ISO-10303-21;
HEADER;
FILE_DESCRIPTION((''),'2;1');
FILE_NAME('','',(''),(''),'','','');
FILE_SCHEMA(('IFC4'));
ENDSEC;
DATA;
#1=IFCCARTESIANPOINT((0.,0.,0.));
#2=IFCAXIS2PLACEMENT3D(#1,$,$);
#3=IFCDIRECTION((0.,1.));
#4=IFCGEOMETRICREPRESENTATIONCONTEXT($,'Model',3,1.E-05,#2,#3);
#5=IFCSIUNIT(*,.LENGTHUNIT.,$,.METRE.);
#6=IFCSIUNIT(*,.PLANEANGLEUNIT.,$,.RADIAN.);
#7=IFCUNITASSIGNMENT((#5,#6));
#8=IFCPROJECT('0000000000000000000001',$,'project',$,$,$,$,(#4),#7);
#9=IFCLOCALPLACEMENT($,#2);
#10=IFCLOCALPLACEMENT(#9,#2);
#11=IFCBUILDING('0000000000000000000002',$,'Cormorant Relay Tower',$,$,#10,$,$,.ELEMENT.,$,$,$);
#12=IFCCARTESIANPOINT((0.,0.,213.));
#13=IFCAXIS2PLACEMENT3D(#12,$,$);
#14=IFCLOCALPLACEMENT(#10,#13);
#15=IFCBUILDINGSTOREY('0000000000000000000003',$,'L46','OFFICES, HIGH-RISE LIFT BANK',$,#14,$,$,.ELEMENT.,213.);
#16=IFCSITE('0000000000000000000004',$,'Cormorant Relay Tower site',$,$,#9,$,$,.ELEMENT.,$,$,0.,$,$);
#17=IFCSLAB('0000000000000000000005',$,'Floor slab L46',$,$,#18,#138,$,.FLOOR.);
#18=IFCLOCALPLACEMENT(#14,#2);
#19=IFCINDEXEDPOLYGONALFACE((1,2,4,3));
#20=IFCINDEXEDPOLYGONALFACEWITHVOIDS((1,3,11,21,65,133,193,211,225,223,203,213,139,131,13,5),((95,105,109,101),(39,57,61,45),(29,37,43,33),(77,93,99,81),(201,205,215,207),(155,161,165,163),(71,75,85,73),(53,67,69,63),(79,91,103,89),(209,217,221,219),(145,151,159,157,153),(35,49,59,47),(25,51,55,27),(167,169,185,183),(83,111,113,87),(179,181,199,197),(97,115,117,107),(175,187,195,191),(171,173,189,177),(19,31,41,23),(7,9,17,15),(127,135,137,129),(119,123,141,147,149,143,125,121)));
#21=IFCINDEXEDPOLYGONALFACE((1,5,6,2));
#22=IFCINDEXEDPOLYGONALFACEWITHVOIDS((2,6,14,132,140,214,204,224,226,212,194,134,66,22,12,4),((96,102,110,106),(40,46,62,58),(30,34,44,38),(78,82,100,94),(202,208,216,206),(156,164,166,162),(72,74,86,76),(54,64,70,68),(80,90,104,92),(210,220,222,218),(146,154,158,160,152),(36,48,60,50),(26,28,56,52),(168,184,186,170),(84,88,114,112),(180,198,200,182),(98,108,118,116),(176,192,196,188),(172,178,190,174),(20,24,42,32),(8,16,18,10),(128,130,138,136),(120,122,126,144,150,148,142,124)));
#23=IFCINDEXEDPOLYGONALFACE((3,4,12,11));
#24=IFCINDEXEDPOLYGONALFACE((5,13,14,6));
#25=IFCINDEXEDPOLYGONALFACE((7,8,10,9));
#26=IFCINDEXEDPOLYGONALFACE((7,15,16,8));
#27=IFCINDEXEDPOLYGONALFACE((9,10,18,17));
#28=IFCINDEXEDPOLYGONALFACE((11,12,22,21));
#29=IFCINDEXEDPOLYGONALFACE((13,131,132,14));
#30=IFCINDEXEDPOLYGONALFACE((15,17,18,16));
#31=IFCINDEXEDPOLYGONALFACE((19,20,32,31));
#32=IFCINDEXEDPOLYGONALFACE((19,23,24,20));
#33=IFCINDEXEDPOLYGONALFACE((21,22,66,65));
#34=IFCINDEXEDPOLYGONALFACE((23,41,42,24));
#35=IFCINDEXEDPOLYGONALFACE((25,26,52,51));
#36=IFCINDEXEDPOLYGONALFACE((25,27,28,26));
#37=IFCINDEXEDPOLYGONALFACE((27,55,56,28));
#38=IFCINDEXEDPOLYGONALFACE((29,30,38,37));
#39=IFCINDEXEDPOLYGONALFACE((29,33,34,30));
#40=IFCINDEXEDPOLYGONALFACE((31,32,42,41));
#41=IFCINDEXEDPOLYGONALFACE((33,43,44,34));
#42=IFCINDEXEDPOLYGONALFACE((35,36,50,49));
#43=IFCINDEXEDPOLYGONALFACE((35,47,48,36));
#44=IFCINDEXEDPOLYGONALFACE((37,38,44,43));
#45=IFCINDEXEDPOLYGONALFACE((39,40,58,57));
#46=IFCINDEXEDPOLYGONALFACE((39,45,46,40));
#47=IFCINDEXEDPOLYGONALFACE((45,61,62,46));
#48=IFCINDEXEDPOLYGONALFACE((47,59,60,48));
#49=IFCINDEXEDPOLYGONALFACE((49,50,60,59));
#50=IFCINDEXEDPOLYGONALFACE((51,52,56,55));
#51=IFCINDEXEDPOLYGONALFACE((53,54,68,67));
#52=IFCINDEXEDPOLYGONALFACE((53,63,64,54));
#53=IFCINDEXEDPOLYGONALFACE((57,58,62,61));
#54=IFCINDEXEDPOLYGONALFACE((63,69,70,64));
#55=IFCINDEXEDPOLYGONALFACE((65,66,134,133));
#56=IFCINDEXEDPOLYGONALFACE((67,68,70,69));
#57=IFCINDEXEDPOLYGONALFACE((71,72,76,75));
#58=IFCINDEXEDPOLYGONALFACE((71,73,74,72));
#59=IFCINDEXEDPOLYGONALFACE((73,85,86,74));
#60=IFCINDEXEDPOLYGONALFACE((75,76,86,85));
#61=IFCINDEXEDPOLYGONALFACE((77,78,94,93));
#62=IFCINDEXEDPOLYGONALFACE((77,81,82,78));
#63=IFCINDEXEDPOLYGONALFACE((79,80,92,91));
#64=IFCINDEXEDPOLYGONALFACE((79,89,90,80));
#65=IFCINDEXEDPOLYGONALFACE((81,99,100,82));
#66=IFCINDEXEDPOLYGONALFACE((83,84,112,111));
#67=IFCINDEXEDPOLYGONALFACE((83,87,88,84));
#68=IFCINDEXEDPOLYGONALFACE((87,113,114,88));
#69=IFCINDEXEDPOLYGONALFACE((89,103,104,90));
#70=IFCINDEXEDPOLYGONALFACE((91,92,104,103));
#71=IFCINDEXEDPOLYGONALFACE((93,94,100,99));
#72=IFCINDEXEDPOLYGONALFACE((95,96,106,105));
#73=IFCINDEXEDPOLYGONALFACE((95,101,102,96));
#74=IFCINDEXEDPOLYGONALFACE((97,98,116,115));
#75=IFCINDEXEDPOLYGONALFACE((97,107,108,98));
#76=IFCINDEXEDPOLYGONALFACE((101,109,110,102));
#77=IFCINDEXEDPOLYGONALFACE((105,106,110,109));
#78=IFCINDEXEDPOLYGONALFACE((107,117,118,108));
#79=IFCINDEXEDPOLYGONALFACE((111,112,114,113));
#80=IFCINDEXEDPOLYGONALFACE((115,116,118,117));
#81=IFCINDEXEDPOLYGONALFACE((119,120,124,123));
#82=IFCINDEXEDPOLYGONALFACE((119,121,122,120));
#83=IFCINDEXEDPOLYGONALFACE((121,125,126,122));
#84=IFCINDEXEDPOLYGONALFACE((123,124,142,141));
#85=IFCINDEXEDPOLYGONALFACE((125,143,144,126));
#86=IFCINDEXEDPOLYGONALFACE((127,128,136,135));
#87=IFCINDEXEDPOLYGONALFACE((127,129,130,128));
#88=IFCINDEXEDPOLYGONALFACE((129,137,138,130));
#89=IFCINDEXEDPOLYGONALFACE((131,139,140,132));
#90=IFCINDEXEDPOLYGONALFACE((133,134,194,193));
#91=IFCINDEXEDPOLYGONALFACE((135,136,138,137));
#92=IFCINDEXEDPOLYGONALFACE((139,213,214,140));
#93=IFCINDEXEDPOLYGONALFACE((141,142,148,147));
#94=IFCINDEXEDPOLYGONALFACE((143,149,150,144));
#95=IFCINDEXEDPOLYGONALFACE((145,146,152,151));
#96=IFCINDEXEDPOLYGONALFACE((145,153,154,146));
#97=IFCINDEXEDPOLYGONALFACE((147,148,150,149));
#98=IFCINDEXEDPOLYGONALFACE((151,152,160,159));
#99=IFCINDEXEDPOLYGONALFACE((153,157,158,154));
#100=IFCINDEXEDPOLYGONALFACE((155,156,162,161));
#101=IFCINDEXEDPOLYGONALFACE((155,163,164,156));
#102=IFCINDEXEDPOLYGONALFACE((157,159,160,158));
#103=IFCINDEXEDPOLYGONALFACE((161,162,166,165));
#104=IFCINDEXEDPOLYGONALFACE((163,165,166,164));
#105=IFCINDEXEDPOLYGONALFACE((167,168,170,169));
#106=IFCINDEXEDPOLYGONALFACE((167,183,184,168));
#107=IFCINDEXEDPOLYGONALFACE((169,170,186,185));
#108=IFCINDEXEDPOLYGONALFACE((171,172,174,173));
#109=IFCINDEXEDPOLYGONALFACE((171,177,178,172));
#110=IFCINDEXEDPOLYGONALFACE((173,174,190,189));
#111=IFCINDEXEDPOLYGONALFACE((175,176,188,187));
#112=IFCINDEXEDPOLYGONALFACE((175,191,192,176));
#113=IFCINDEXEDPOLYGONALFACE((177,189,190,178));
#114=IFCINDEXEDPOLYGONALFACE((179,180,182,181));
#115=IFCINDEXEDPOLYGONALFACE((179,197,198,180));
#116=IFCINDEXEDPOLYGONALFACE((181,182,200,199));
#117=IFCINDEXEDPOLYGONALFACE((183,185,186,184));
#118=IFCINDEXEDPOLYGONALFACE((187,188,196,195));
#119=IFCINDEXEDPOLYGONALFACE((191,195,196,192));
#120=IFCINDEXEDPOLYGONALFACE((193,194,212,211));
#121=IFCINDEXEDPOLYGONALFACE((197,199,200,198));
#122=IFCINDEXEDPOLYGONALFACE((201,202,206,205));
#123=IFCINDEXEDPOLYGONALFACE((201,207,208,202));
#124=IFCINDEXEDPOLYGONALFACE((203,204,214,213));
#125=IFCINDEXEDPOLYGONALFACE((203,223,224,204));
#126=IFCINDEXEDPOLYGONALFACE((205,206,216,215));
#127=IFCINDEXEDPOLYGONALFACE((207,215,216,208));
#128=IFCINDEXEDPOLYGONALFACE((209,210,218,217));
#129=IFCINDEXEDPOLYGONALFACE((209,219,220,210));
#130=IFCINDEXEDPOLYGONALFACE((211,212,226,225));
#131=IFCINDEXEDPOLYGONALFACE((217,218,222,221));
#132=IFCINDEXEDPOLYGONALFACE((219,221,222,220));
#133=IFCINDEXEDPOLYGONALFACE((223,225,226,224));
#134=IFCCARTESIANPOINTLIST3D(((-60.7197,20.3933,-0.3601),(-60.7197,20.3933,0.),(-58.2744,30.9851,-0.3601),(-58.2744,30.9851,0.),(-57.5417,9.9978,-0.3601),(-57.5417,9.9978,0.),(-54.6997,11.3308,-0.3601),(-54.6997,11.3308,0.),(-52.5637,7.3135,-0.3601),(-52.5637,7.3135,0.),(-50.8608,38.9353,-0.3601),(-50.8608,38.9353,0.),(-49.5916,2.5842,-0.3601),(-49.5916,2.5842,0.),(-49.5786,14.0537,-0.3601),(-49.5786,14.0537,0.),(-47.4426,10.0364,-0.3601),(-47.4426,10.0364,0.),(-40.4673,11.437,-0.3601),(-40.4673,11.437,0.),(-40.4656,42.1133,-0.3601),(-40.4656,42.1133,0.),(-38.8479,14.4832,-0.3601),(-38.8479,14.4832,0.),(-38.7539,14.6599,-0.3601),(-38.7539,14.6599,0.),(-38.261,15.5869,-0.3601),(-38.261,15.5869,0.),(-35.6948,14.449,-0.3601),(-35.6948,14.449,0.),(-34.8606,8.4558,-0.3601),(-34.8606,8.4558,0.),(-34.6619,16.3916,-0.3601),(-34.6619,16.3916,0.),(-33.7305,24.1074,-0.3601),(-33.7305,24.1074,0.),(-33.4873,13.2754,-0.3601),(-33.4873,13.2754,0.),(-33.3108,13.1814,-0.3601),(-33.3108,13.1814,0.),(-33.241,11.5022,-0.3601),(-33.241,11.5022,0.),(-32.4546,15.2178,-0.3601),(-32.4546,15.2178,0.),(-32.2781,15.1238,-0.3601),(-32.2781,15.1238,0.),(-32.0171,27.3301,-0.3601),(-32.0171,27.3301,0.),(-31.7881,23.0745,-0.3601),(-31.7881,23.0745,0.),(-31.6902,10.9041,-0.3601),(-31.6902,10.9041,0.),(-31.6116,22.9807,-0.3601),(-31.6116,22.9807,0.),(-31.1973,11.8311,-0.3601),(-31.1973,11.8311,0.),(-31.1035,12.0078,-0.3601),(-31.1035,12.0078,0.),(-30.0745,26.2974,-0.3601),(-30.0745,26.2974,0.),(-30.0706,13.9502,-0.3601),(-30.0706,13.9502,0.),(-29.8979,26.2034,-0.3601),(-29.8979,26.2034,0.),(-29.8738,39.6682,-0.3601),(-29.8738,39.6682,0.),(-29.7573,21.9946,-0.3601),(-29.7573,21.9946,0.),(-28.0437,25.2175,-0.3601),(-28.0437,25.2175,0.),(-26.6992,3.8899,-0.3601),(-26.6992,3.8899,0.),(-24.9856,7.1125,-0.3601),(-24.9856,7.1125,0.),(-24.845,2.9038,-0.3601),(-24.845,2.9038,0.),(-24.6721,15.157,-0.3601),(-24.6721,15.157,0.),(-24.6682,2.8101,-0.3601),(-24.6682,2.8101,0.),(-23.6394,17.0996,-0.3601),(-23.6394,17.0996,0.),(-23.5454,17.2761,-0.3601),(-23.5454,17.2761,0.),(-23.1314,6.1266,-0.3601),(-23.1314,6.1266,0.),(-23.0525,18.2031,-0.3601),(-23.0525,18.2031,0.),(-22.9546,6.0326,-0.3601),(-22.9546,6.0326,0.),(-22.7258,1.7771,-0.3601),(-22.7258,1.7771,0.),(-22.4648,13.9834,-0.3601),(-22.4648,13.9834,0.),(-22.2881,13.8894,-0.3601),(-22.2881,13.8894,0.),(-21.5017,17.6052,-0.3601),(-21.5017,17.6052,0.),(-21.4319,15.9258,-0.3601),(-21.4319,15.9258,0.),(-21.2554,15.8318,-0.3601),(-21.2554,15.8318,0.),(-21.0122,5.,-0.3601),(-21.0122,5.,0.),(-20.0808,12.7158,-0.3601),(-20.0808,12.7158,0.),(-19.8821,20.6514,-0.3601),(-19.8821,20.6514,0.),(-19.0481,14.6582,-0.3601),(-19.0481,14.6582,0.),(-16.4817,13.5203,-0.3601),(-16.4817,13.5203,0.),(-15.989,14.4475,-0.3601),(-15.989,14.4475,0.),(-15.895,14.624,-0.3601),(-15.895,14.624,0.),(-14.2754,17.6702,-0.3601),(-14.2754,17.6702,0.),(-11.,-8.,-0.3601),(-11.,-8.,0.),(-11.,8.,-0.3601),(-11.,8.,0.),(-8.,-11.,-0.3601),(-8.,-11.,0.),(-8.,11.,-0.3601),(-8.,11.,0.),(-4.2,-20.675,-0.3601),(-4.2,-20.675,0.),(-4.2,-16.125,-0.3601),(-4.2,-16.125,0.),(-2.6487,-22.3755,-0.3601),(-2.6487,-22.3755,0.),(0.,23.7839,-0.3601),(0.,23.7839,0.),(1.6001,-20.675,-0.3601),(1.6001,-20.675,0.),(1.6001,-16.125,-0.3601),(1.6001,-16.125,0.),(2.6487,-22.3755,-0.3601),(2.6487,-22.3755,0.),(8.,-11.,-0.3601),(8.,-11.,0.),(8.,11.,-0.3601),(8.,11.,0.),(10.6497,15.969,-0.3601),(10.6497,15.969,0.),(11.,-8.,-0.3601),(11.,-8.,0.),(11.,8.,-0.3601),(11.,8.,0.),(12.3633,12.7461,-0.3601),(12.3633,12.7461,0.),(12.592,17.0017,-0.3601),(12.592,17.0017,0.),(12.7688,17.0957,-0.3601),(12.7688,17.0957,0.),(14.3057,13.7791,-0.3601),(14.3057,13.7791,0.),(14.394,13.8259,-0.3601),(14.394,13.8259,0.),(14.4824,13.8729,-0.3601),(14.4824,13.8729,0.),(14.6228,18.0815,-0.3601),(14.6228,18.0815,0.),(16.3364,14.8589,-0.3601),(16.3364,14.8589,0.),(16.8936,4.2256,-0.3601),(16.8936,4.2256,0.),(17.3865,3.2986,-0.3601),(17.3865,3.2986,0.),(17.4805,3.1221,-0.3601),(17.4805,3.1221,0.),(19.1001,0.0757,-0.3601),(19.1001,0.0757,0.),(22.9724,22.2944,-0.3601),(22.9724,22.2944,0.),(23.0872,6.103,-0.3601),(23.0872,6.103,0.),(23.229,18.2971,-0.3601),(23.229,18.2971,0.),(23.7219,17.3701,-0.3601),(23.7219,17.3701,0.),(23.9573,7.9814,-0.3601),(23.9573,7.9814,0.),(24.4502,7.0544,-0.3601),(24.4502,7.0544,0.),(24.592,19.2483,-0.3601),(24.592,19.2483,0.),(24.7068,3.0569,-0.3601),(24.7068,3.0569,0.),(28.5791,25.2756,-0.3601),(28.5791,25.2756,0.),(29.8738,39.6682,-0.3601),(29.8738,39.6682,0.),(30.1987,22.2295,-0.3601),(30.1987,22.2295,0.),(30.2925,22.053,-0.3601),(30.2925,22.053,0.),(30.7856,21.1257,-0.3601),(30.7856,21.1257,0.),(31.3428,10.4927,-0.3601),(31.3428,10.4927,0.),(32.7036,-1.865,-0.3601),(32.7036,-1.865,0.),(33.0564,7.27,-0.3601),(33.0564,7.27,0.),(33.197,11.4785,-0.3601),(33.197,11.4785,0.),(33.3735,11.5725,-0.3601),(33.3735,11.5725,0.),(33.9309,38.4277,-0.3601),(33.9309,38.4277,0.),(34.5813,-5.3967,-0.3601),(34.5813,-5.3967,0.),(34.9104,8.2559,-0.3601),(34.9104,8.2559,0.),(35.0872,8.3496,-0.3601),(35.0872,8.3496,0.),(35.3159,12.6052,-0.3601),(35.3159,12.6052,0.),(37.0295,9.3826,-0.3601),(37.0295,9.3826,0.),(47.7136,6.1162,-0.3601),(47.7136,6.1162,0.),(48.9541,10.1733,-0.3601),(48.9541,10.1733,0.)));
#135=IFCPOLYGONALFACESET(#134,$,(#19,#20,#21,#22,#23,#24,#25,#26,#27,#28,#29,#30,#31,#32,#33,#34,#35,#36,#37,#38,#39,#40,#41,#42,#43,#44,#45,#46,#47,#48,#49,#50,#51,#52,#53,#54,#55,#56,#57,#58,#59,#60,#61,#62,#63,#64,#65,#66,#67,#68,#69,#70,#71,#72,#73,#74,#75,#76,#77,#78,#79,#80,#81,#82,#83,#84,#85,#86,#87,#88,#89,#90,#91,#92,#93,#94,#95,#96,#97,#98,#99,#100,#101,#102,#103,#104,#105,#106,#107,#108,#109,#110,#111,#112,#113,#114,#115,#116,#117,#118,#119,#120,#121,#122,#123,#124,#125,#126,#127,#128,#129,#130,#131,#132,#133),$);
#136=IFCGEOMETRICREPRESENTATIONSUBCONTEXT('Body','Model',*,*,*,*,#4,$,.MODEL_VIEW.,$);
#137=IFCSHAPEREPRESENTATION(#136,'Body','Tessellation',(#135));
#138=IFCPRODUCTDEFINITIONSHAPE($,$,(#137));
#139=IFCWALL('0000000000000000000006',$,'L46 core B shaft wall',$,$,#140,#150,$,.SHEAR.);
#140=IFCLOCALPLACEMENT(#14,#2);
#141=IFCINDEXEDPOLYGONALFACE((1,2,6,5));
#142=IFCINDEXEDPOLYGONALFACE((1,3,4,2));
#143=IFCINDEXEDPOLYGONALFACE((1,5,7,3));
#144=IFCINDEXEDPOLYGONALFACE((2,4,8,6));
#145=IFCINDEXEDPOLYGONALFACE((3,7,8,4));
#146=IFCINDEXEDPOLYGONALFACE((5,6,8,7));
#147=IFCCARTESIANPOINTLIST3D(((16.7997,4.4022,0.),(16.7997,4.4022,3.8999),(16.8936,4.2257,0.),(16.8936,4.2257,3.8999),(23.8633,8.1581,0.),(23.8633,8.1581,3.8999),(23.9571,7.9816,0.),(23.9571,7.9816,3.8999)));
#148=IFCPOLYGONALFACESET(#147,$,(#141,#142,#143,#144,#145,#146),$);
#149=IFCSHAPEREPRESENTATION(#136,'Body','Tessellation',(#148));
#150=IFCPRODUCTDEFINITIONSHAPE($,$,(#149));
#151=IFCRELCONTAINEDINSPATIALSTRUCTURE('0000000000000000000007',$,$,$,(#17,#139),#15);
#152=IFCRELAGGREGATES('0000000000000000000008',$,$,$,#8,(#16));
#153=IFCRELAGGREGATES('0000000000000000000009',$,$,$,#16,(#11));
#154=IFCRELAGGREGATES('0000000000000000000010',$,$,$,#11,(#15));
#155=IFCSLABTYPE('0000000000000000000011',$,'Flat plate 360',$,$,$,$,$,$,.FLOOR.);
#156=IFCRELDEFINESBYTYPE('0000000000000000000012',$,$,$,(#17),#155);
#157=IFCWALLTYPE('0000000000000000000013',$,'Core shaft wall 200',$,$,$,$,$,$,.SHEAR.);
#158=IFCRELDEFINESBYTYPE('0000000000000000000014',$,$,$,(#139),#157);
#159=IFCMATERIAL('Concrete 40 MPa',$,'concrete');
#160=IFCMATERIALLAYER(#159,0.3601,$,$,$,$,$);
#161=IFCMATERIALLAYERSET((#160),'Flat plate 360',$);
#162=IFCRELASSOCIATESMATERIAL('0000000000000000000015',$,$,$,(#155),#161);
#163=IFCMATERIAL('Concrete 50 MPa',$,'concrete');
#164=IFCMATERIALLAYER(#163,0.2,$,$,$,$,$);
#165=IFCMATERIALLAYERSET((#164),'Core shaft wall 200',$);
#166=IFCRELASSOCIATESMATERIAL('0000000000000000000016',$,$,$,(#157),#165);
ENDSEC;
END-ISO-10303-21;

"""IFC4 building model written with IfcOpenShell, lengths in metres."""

from ifc_helpers import new_model, si_unit, direction, frame, frame_2d, origin, place, context, subcontext, project, spatial, polyline, rectangle, outline, extrude, material, layer, layer_set, type_object, element, save


model = new_model("IFC4")

# Units and contexts
model_context = context("Model", 3, precision=1e-05, world=origin(), true_north=direction((0.0, 1.0)))
body_context = subcontext(model_context, "Body", "Model", "MODEL_VIEW")
ifc_project = project(units=[si_unit("LENGTHUNIT", "METRE"), si_unit("PLANEANGLEUNIT", "RADIAN")], contexts=[model_context])

# Site, building, storey
site_placement = place(None, origin())
site = spatial("IfcSite", under=ifc_project, at=site_placement, Name="Cormorant Relay Tower site", CompositionType="ELEMENT", RefElevation=0.0)
building_placement = place(site_placement, origin())
building = spatial("IfcBuilding", under=site, at=building_placement, Name="Cormorant Relay Tower", CompositionType="ELEMENT")
storey_placement = place(building_placement, frame((0.0, 0.0, 213.0)))
storey = spatial("IfcBuildingStorey", under=building, at=storey_placement, Name="L46", Description="OFFICES, HIGH-RISE LIFT BANK", CompositionType="ELEMENT", Elevation=213.0)

# Slab
ifc_material_1 = material(Name="Concrete 40 MPa", Category="concrete")
ifc_layer_1 = layer(ifc_material_1, 0.3601)
ifc_layer_set_1 = layer_set([ifc_layer_1], Name="Flat plate 360")
slab_type_1 = type_object("IfcSlabType", Name="Flat plate 360", PredefinedType="FLOOR", material=ifc_layer_set_1)
slab_1_placement = place(storey_placement, frame((0.0, 0.0, -0.3601)))
element("IfcSlab", 1, at=slab_1_placement, inside=storey, type_object=slab_type_1, Name="Floor slab L46", PredefinedType="FLOOR", context=body_context, shape_type="SweptSolid", body=[
    extrude(outline(polyline([(-60.7197, 20.3933), (-58.2744, 30.9851), (-50.8608, 38.9353), (-40.4656, 42.1133), (-29.8738, 39.6682), (0.0, 23.7839), (29.8738, 39.6682), (33.9309, 38.4277), (48.9541, 10.1733), (47.7136, 6.1162), (32.7036, -1.865), (34.5813, -5.3967), (2.6487, -22.3755), (-2.6487, -22.3755), (-49.5916, 2.5842), (-57.5417, 9.9978), (-60.7197, 20.3933)]), holes=[polyline([(11.0, -8.0), (11.0, 8.0), (8.0, 11.0), (-8.0, 11.0), (-11.0, 8.0), (-11.0, -8.0), (-8.0, -11.0), (8.0, -11.0), (11.0, -8.0)]), polyline([(-22.9546, 6.0327), (-24.6682, 2.8101), (-22.7258, 1.7771), (-21.0122, 5.0), (-23.043, 6.0796), (-22.9546, 6.0327)]), polyline([(-24.9856, 7.1125), (-26.6992, 3.8899), (-24.845, 2.9038), (-23.1313, 6.1267), (-23.043, 6.0796), (-24.9856, 7.1125)]), polyline([(-54.6997, 11.3308), (-52.5637, 7.3135), (-47.4426, 10.0364), (-49.5786, 14.0537), (-54.6997, 11.3308)]), polyline([(-33.241, 11.5022), (-38.8479, 14.4832), (-40.4673, 11.437), (-34.8606, 8.4558), (-33.241, 11.5022)]), polyline([(-38.261, 15.5869), (-38.7539, 14.6599), (-31.6902, 10.9041), (-31.1973, 11.8311), (-38.261, 15.5869)]), polyline([(-31.1035, 12.0078), (-30.0706, 13.9502), (-32.2781, 15.1238), (-33.3108, 13.1814), (-31.1035, 12.0078)]), polyline([(-22.2881, 13.8894), (-20.0808, 12.7158), (-19.0481, 14.6582), (-21.2554, 15.8318), (-22.2881, 13.8894)]), polyline([(-34.6619, 16.3916), (-35.6948, 14.449), (-33.4873, 13.2754), (-32.4546, 15.2178), (-34.6619, 16.3916)]), polyline([(-22.4648, 13.9834), (-21.4319, 15.9258), (-23.6394, 17.0996), (-24.6721, 15.157), (-22.4648, 13.9834)]), polyline([(-31.6116, 22.9807), (-29.7573, 21.9946), (-28.0437, 25.2175), (-29.8979, 26.2034), (-31.6116, 22.9807)]), polyline([(-32.0171, 27.3301), (-33.7305, 24.1074), (-31.7881, 23.0745), (-30.0745, 26.2974), (-32.0171, 27.3301)]), polyline([(-4.2, -16.125), (-4.2, -20.675), (1.6001, -20.675), (1.6001, -16.125), (-4.2, -16.125)]), polyline([(17.4805, 3.1221), (19.1001, 0.0757), (24.7068, 3.0569), (23.0872, 6.103), (17.4805, 3.1221)]), polyline([(17.3865, 3.2986), (24.4502, 7.0544), (23.9573, 7.9814), (16.8936, 4.2256), (17.3865, 3.2986)]), polyline([(33.197, 11.4785), (31.3428, 10.4927), (33.0564, 7.27), (34.9104, 8.2559), (33.197, 11.4785)]), polyline([(33.3735, 11.5725), (35.0872, 8.3496), (37.0295, 9.3826), (35.3159, 12.6052), (33.3735, 11.5725)]), polyline([(14.3057, 13.7791), (12.592, 17.0017), (10.6497, 15.969), (12.3633, 12.7461), (14.394, 13.8259), (14.3057, 13.7791)]), polyline([(16.3364, 14.8589), (14.6228, 18.0815), (12.7688, 17.0957), (14.4824, 13.8728), (14.394, 13.8259), (16.3364, 14.8589)]), polyline([(-16.4817, 13.5203), (-15.989, 14.4475), (-23.0525, 18.2031), (-23.5454, 17.2761), (-16.4817, 13.5203)]), polyline([(-15.895, 14.624), (-14.2754, 17.6702), (-19.8821, 20.6514), (-21.5017, 17.6052), (-15.895, 14.624)]), polyline([(30.7856, 21.1257), (30.2925, 22.053), (23.229, 18.2971), (23.7219, 17.3701), (30.7856, 21.1257)]), polyline([(24.592, 19.2483), (30.1987, 22.2295), (28.5791, 25.2756), (22.9724, 22.2944), (24.592, 19.2483)])]), origin(), (0.0, 0.0, 1.0), 0.3601),
])

# Wall
ifc_material_2 = material(Name="Concrete 50 MPa", Category="concrete")
ifc_layer_2 = layer(ifc_material_2, 0.2)
ifc_layer_set_2 = layer_set([ifc_layer_2], Name="Core shaft wall 200")
wall_type_1 = type_object("IfcWallType", Name="Core shaft wall 200", PredefinedType="SHEAR", material=ifc_layer_set_2)
wall_1_placement = place(storey_placement, frame((16.8467, 4.314, 0.0), z_axis=(0.0, 0.0, 1.0), x_axis=(0.88294, 0.469485, 0.0)))
element("IfcWall", 2, at=wall_1_placement, inside=storey, type_object=wall_type_1, Name="L46 core B shaft wall", PredefinedType="SHEAR", context=body_context, shape_type="SweptSolid", body=[
    extrude(rectangle(XDim=8.0, YDim=0.2, at=frame_2d((4.0, 0.0))), origin(), (0.0, 0.0, 1.0), 3.8999),
])

save(model, "model.ifc")
